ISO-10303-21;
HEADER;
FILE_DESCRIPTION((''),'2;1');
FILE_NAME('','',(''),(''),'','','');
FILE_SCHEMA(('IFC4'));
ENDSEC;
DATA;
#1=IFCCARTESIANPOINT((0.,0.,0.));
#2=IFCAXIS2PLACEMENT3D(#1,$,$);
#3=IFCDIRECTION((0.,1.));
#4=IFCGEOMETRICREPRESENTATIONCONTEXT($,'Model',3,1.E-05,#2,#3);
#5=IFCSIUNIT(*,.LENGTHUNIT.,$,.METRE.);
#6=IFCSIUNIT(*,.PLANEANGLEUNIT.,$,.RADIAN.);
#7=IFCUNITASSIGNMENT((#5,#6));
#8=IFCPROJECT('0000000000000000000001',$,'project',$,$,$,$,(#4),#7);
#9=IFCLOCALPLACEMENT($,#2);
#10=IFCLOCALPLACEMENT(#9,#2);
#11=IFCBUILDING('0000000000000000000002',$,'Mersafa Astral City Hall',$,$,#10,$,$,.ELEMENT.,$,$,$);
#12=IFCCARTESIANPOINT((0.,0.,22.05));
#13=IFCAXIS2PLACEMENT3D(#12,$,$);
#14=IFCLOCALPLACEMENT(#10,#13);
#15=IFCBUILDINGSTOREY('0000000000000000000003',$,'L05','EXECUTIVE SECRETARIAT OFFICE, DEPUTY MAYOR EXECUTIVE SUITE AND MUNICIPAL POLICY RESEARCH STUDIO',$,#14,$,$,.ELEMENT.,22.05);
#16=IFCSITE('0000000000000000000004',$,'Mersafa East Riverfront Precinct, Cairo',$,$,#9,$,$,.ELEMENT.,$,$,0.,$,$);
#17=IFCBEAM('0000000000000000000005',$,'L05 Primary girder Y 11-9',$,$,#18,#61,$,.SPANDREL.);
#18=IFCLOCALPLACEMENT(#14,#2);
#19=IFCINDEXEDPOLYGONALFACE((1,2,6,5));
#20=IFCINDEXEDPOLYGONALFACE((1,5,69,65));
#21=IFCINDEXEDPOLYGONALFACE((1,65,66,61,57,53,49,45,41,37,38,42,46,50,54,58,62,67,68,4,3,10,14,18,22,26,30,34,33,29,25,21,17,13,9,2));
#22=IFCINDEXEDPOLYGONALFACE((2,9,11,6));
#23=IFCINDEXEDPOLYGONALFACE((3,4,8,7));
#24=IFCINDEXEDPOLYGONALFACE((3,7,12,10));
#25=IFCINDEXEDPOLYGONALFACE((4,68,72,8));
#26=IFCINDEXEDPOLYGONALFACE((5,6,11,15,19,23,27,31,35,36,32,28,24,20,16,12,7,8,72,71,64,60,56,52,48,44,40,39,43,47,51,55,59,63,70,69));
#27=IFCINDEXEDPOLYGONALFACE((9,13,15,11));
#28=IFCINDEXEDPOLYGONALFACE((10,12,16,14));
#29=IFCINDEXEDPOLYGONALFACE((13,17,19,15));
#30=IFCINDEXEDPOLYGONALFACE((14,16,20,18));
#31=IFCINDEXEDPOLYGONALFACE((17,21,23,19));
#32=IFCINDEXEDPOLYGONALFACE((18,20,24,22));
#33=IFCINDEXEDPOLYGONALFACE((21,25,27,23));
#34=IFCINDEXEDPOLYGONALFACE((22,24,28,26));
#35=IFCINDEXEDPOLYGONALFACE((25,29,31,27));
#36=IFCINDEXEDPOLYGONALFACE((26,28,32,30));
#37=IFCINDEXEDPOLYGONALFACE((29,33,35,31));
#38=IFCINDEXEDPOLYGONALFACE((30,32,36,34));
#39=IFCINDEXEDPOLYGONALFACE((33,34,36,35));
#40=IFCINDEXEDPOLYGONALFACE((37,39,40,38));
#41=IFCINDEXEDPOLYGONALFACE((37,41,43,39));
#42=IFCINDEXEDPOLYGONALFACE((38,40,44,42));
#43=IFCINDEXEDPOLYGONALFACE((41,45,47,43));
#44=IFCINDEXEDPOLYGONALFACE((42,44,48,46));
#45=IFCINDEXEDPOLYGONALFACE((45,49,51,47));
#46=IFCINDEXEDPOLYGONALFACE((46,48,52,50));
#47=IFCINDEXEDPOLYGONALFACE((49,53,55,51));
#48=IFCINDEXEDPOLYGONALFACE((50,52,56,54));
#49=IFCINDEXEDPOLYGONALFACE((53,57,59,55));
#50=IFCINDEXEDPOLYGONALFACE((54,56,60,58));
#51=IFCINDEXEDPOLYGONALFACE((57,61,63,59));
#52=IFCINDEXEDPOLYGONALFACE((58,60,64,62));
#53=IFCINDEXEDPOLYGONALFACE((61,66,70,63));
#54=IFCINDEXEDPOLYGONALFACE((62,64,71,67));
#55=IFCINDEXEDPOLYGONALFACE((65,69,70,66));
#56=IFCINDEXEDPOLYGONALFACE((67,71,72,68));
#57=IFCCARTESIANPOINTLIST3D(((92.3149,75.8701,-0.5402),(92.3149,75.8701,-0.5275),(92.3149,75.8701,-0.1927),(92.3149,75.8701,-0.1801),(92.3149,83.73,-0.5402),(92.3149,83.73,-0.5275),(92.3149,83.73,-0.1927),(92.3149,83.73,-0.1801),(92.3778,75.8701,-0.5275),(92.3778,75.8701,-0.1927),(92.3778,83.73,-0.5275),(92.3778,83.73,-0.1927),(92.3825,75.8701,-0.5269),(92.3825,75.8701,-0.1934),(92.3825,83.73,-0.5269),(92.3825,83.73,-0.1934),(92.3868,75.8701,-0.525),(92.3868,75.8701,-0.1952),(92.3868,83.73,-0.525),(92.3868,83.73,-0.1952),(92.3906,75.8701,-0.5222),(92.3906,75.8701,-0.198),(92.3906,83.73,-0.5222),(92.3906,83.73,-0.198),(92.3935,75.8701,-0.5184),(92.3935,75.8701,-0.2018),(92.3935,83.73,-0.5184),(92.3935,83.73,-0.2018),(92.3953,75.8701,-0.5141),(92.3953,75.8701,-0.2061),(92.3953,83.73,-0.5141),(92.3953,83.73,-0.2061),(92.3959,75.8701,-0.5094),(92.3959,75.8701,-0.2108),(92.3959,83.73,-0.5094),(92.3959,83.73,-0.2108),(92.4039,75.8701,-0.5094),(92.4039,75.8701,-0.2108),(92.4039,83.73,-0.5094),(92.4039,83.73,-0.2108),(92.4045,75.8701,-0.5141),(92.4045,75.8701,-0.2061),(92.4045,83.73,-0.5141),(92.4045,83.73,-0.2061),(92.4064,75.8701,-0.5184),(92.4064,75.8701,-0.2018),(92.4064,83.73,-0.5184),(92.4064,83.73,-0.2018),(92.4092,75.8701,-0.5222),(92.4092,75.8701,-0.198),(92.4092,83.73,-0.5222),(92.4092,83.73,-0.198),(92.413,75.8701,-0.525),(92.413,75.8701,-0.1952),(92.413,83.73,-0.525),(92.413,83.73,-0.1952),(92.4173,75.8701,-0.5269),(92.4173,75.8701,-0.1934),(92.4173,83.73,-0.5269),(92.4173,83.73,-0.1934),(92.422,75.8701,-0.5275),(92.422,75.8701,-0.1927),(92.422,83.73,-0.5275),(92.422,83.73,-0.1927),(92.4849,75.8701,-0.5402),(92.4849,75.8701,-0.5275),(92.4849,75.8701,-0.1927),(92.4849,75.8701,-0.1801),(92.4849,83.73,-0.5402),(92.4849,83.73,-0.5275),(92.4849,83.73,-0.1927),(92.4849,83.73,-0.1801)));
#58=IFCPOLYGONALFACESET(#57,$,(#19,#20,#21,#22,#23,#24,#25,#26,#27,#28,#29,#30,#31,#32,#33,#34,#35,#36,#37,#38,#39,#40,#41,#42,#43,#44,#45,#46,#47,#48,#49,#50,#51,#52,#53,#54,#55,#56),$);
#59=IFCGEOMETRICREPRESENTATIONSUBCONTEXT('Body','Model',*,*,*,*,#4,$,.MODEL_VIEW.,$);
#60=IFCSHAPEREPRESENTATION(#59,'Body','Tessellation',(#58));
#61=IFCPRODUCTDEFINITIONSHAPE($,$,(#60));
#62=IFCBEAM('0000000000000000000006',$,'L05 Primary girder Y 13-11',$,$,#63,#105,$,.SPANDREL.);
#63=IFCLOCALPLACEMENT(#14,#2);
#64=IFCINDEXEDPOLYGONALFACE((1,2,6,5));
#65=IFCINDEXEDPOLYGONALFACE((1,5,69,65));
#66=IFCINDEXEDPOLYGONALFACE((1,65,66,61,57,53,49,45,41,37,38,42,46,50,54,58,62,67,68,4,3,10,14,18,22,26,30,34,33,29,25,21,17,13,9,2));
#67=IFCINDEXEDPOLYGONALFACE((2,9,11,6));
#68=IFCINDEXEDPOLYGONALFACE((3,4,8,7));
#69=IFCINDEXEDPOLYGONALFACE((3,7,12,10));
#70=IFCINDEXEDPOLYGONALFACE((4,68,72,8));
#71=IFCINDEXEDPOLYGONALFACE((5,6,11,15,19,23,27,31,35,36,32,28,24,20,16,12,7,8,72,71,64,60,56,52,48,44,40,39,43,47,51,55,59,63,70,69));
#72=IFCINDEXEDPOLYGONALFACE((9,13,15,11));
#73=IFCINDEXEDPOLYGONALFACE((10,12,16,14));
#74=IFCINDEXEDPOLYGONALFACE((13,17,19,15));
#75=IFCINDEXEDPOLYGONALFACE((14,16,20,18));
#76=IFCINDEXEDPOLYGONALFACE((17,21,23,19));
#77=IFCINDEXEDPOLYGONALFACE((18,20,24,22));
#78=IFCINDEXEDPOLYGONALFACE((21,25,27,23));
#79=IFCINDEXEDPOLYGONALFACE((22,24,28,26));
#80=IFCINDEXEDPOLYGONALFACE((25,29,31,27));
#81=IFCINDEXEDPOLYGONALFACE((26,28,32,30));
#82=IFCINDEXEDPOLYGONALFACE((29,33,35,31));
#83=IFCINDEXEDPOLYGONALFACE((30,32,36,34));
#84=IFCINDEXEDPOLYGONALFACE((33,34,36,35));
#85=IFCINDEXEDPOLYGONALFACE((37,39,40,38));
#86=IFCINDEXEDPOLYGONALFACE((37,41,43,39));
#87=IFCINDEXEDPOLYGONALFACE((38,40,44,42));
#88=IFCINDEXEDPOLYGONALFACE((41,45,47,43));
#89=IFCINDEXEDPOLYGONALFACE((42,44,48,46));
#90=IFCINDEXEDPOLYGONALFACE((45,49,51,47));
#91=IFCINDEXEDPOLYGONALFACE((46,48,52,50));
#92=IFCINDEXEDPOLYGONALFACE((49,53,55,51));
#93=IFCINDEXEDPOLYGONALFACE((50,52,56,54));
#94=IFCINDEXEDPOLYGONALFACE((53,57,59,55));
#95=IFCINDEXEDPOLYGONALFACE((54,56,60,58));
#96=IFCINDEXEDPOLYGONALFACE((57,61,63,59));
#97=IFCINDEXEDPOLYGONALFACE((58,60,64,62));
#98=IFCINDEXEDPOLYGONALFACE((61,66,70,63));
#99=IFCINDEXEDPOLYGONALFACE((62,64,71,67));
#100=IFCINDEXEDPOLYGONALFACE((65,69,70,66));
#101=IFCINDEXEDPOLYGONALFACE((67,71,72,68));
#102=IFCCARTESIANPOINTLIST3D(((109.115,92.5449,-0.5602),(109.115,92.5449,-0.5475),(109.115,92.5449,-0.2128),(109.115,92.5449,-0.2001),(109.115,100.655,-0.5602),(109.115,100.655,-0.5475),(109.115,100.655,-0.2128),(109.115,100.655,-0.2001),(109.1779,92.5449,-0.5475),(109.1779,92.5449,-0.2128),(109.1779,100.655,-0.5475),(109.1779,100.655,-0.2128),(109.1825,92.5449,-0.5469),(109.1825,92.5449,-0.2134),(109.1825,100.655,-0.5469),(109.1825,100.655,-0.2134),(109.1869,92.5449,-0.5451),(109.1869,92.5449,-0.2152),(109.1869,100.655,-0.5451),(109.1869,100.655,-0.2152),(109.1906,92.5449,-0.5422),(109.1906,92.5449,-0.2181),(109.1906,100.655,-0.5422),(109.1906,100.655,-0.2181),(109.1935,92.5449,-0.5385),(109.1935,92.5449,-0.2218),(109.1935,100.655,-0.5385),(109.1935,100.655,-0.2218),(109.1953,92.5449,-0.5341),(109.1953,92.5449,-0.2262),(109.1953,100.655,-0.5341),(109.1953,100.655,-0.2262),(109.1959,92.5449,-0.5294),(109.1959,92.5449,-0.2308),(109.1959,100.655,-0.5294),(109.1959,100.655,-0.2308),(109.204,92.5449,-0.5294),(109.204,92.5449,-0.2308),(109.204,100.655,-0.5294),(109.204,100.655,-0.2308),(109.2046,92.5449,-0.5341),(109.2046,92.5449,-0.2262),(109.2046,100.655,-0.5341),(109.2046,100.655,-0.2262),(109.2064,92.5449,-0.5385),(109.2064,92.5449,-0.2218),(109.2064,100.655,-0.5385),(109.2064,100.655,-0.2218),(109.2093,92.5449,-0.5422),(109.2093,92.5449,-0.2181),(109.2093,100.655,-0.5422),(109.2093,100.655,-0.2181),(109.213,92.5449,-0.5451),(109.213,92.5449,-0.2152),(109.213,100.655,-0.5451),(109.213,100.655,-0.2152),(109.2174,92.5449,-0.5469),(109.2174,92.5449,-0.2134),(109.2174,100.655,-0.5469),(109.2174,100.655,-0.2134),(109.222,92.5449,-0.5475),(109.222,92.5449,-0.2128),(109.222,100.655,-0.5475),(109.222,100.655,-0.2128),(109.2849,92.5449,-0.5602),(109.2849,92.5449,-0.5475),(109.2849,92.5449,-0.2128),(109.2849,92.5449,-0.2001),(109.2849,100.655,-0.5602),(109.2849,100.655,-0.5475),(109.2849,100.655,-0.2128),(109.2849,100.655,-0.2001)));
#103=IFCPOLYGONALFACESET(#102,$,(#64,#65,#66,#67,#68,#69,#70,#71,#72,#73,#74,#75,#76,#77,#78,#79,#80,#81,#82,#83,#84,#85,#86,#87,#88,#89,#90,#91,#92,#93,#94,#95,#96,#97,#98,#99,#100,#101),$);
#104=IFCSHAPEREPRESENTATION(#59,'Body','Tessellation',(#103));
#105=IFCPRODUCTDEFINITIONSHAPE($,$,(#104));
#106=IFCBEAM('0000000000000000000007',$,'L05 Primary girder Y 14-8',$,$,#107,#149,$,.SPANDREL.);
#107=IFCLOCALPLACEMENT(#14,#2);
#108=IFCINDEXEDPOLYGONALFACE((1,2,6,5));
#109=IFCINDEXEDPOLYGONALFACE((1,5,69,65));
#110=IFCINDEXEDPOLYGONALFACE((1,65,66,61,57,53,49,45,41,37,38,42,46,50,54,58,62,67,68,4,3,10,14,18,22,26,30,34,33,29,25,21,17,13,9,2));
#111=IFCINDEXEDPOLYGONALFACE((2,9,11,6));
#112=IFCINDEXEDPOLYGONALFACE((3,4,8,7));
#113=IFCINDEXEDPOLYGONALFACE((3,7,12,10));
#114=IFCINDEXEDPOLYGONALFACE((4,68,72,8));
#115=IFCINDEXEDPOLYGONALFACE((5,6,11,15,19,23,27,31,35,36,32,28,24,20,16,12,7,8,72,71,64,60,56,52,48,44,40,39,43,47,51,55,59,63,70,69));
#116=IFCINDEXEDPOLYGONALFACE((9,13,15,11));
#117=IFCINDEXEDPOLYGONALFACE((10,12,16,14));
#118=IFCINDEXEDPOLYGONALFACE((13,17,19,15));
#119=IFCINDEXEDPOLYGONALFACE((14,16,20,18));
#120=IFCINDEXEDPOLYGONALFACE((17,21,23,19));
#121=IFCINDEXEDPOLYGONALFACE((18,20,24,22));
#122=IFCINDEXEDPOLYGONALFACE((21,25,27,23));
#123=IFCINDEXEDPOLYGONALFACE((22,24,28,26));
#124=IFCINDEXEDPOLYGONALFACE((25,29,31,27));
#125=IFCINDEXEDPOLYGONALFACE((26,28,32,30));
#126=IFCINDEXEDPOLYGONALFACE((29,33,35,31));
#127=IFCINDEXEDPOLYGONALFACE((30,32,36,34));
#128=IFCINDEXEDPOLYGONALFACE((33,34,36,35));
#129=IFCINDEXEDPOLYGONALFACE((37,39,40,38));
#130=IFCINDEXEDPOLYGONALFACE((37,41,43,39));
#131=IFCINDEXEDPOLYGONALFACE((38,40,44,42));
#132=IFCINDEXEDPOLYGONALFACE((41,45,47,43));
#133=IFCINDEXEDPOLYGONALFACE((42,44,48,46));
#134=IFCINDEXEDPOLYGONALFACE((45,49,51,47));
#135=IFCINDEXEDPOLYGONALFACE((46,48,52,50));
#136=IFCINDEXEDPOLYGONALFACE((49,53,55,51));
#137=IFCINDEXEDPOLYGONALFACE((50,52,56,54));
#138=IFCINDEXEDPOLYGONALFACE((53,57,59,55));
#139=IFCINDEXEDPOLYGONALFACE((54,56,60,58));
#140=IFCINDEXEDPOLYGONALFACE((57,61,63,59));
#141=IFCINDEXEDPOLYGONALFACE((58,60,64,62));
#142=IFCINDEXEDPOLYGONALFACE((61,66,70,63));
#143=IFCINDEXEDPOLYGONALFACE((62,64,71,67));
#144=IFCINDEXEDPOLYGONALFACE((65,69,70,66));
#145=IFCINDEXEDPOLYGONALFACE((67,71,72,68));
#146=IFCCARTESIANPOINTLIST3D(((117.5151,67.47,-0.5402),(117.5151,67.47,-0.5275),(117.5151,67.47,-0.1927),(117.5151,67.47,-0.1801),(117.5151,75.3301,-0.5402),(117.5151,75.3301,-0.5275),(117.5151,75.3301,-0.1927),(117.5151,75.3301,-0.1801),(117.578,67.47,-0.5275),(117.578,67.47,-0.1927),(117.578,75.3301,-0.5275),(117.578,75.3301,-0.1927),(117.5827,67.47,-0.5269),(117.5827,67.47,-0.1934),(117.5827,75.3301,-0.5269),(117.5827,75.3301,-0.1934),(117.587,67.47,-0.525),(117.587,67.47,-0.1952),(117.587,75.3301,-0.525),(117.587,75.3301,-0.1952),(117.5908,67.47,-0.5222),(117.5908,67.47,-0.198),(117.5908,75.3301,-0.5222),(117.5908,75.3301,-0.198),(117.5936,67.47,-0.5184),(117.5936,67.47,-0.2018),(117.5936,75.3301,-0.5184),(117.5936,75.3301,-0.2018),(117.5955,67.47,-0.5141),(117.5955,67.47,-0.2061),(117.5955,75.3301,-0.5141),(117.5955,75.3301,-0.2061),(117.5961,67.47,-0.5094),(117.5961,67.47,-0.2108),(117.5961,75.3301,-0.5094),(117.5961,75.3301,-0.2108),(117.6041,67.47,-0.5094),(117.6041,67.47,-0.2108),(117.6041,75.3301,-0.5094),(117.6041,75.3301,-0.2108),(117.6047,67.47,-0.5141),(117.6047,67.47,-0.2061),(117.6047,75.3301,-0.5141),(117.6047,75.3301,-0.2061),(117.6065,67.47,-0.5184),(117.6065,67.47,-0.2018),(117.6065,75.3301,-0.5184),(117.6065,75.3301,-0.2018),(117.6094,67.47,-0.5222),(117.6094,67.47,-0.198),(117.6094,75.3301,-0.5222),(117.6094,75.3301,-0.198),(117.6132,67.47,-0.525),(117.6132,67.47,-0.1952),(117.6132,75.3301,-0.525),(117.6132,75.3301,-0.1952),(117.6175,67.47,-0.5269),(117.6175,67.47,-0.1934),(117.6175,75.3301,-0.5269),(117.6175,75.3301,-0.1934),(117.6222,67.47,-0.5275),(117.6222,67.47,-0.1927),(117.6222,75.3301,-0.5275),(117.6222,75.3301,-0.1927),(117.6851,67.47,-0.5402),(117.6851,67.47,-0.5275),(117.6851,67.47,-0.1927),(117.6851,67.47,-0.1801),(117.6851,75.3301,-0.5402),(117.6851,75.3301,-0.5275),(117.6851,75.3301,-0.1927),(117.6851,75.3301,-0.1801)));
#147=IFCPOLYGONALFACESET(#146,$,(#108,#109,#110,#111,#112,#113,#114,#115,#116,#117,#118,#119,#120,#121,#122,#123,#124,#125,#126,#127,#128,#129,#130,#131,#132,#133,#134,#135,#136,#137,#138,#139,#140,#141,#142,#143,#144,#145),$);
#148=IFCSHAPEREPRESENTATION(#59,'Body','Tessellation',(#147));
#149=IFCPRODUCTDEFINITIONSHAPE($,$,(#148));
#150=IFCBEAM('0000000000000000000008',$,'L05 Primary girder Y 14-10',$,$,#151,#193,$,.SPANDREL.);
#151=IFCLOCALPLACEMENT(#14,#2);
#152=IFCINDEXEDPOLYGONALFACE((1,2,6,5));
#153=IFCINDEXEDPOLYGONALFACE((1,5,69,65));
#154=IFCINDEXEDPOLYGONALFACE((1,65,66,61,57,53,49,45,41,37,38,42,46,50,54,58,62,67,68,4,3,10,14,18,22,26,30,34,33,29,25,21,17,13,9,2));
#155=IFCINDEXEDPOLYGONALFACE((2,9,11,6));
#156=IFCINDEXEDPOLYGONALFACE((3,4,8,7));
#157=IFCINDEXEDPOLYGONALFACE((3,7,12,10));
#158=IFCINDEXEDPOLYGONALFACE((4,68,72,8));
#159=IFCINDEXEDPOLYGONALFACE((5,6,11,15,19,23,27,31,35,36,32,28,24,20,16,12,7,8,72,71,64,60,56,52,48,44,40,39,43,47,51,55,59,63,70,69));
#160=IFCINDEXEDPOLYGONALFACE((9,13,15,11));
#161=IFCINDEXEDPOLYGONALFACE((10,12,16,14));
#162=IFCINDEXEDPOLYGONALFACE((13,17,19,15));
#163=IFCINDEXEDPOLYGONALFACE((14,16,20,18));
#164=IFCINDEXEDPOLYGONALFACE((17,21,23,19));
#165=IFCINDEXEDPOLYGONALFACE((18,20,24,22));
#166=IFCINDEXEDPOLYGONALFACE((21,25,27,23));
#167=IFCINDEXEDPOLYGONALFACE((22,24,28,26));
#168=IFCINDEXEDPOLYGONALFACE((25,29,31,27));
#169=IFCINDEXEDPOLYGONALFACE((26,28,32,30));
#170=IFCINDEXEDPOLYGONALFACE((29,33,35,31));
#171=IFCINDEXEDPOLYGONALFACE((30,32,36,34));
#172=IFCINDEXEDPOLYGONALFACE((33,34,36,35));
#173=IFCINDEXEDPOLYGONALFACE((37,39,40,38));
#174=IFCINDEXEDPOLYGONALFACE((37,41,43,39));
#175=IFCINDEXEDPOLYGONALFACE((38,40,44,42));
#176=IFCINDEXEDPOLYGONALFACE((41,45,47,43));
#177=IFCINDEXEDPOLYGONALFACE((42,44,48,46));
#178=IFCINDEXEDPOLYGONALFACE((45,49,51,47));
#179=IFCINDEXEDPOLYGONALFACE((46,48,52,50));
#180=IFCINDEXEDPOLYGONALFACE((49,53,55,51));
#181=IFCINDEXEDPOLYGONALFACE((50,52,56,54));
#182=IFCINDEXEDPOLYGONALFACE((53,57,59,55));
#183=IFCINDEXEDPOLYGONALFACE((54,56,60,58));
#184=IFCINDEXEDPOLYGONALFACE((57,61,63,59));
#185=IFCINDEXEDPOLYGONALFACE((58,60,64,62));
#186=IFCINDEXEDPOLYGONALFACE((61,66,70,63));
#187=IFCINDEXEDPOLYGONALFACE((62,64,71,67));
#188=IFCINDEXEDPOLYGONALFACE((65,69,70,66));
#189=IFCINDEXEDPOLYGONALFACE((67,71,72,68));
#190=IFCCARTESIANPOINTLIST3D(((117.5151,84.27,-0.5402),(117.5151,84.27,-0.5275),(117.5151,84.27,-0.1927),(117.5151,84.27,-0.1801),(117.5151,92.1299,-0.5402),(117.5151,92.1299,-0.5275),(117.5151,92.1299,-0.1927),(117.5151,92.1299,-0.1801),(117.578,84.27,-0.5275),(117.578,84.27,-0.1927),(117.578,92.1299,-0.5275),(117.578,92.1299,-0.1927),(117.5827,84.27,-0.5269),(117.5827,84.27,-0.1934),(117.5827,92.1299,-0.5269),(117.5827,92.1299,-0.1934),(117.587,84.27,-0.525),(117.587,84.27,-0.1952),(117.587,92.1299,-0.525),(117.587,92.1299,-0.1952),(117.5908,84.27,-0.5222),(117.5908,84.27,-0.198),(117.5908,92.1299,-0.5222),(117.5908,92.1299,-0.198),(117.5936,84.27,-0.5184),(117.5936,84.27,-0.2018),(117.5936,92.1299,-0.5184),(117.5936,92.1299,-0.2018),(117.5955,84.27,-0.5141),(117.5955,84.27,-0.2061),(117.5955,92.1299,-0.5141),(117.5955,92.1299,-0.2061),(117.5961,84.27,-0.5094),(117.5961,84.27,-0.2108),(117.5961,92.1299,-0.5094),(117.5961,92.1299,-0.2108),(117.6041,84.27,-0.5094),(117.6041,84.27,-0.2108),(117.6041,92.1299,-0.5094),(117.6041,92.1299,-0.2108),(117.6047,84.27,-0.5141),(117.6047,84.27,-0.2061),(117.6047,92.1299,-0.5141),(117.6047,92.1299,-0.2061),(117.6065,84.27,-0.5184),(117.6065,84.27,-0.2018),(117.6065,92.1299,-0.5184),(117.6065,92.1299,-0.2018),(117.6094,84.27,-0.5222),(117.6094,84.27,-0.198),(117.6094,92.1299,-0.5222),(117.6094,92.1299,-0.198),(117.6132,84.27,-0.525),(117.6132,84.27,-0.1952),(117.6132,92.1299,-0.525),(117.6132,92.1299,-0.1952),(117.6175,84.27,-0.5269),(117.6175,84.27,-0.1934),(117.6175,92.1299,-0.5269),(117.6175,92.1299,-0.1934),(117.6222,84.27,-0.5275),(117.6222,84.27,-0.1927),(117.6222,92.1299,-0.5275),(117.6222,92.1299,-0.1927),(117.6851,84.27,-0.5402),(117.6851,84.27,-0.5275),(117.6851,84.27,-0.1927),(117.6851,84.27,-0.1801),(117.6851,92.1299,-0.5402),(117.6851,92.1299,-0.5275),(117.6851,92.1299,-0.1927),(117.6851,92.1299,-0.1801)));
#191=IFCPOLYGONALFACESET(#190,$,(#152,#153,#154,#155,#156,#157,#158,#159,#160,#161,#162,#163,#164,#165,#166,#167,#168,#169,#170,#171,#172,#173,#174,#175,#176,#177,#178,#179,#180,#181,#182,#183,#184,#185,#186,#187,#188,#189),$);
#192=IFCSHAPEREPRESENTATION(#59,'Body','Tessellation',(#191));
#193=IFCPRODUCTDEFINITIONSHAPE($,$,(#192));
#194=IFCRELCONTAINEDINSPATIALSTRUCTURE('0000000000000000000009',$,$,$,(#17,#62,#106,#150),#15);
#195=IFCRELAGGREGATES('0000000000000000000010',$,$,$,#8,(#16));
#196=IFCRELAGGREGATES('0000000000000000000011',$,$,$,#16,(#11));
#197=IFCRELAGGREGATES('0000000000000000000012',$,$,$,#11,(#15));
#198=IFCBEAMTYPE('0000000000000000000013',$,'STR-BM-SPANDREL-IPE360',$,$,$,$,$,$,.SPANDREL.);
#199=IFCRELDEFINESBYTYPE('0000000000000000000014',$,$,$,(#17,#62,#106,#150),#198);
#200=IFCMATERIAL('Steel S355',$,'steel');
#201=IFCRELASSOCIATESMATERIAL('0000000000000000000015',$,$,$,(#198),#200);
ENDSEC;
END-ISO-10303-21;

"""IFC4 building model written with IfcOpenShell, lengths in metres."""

from ifc_helpers import new_model, si_unit, direction, frame, origin, origin_2d, place, context, subcontext, project, spatial, i_section, extrude, material, material_profile, profile_set, type_object, element, save


model = new_model("IFC4")

# Units and contexts
model_context = context("Model", 3, precision=1e-05, world=origin(), true_north=direction((0.0, 1.0)))
body_context = subcontext(model_context, "Body", "Model", "MODEL_VIEW")
ifc_project = project(units=[si_unit("LENGTHUNIT", "METRE"), si_unit("PLANEANGLEUNIT", "RADIAN")], contexts=[model_context])

# Site, building, storey
site_placement = place(None, origin())
site = spatial("IfcSite", under=ifc_project, at=site_placement, Name="Mersafa East Riverfront Precinct, Cairo", CompositionType="ELEMENT", RefElevation=0.0)
building_placement = place(site_placement, origin())
building = spatial("IfcBuilding", under=site, at=building_placement, Name="Mersafa Astral City Hall", CompositionType="ELEMENT")
storey_placement = place(building_placement, frame((0.0, 0.0, 22.05)))
storey = spatial("IfcBuildingStorey", under=building, at=storey_placement, Name="L05", Description="EXECUTIVE SECRETARIAT OFFICE, DEPUTY MAYOR EXECUTIVE SUITE AND MUNICIPAL POLICY RESEARCH STUDIO", CompositionType="ELEMENT", Elevation=22.05)

# Beams
ifc_material_1 = material(Name="Steel S355", Category="steel")
ifc_material_profile_1 = material_profile(ifc_material_1, i_section(OverallWidth=0.1699, OverallDepth=0.3601, WebThickness=0.0081, FlangeThickness=0.0127, FilletRadius=0.0181, at=origin_2d()), Name="IPE 360")
ifc_profile_set_1 = profile_set([ifc_material_profile_1], Name="Steel S355")
beam_type_1 = type_object("IfcBeamType", Name="STR-BM-SPANDREL-IPE360", PredefinedType="SPANDREL", material=ifc_profile_set_1)
beam_1_placement = place(storey_placement, frame((92.3999, 75.8701, -0.3601), z_axis=(0.0, 1.0, 0.0), x_axis=(-1.0, 0.0, 0.0)))
element("IfcBeam", 1, at=beam_1_placement, inside=storey, type_object=beam_type_1, Name="L05 Primary girder Y 11-9", PredefinedType="SPANDREL", context=body_context, shape_type="SweptSolid", body=[
    extrude(i_section(OverallWidth=0.1699, OverallDepth=0.3601, WebThickness=0.0081, FlangeThickness=0.0127, FilletRadius=0.0181, at=origin_2d()), origin(), (0.0, 0.0, 1.0), 7.8599),
])
beam_2_placement = place(storey_placement, frame((109.2, 92.5449, -0.3801), z_axis=(0.0, 1.0, 0.0), x_axis=(-1.0, 0.0, 0.0)))
element("IfcBeam", 2, at=beam_2_placement, inside=storey, type_object=beam_type_1, Name="L05 Primary girder Y 13-11", PredefinedType="SPANDREL", context=body_context, shape_type="SweptSolid", body=[
    extrude(i_section(OverallWidth=0.1699, OverallDepth=0.3601, WebThickness=0.0081, FlangeThickness=0.0127, FilletRadius=0.0181, at=origin_2d()), origin(), (0.0, 0.0, 1.0), 8.1101),
])
beam_3_placement = place(storey_placement, frame((117.6001, 67.47, -0.3601), z_axis=(0.0, 1.0, 0.0), x_axis=(-1.0, 0.0, 0.0)))
element("IfcBeam", 3, at=beam_3_placement, inside=storey, type_object=beam_type_1, Name="L05 Primary girder Y 14-8", PredefinedType="SPANDREL", context=body_context, shape_type="SweptSolid", body=[
    extrude(i_section(OverallWidth=0.1699, OverallDepth=0.3601, WebThickness=0.0081, FlangeThickness=0.0127, FilletRadius=0.0181, at=origin_2d()), origin(), (0.0, 0.0, 1.0), 7.8601),
])
beam_4_placement = place(storey_placement, frame((117.6001, 84.27, -0.3601), z_axis=(0.0, 1.0, 0.0), x_axis=(-1.0, 0.0, 0.0)))
element("IfcBeam", 4, at=beam_4_placement, inside=storey, type_object=beam_type_1, Name="L05 Primary girder Y 14-10", PredefinedType="SPANDREL", context=body_context, shape_type="SweptSolid", body=[
    extrude(i_section(OverallWidth=0.1699, OverallDepth=0.3601, WebThickness=0.0081, FlangeThickness=0.0127, FilletRadius=0.0181, at=origin_2d()), origin(), (0.0, 0.0, 1.0), 7.8599),
])

save(model, "model.ifc")
